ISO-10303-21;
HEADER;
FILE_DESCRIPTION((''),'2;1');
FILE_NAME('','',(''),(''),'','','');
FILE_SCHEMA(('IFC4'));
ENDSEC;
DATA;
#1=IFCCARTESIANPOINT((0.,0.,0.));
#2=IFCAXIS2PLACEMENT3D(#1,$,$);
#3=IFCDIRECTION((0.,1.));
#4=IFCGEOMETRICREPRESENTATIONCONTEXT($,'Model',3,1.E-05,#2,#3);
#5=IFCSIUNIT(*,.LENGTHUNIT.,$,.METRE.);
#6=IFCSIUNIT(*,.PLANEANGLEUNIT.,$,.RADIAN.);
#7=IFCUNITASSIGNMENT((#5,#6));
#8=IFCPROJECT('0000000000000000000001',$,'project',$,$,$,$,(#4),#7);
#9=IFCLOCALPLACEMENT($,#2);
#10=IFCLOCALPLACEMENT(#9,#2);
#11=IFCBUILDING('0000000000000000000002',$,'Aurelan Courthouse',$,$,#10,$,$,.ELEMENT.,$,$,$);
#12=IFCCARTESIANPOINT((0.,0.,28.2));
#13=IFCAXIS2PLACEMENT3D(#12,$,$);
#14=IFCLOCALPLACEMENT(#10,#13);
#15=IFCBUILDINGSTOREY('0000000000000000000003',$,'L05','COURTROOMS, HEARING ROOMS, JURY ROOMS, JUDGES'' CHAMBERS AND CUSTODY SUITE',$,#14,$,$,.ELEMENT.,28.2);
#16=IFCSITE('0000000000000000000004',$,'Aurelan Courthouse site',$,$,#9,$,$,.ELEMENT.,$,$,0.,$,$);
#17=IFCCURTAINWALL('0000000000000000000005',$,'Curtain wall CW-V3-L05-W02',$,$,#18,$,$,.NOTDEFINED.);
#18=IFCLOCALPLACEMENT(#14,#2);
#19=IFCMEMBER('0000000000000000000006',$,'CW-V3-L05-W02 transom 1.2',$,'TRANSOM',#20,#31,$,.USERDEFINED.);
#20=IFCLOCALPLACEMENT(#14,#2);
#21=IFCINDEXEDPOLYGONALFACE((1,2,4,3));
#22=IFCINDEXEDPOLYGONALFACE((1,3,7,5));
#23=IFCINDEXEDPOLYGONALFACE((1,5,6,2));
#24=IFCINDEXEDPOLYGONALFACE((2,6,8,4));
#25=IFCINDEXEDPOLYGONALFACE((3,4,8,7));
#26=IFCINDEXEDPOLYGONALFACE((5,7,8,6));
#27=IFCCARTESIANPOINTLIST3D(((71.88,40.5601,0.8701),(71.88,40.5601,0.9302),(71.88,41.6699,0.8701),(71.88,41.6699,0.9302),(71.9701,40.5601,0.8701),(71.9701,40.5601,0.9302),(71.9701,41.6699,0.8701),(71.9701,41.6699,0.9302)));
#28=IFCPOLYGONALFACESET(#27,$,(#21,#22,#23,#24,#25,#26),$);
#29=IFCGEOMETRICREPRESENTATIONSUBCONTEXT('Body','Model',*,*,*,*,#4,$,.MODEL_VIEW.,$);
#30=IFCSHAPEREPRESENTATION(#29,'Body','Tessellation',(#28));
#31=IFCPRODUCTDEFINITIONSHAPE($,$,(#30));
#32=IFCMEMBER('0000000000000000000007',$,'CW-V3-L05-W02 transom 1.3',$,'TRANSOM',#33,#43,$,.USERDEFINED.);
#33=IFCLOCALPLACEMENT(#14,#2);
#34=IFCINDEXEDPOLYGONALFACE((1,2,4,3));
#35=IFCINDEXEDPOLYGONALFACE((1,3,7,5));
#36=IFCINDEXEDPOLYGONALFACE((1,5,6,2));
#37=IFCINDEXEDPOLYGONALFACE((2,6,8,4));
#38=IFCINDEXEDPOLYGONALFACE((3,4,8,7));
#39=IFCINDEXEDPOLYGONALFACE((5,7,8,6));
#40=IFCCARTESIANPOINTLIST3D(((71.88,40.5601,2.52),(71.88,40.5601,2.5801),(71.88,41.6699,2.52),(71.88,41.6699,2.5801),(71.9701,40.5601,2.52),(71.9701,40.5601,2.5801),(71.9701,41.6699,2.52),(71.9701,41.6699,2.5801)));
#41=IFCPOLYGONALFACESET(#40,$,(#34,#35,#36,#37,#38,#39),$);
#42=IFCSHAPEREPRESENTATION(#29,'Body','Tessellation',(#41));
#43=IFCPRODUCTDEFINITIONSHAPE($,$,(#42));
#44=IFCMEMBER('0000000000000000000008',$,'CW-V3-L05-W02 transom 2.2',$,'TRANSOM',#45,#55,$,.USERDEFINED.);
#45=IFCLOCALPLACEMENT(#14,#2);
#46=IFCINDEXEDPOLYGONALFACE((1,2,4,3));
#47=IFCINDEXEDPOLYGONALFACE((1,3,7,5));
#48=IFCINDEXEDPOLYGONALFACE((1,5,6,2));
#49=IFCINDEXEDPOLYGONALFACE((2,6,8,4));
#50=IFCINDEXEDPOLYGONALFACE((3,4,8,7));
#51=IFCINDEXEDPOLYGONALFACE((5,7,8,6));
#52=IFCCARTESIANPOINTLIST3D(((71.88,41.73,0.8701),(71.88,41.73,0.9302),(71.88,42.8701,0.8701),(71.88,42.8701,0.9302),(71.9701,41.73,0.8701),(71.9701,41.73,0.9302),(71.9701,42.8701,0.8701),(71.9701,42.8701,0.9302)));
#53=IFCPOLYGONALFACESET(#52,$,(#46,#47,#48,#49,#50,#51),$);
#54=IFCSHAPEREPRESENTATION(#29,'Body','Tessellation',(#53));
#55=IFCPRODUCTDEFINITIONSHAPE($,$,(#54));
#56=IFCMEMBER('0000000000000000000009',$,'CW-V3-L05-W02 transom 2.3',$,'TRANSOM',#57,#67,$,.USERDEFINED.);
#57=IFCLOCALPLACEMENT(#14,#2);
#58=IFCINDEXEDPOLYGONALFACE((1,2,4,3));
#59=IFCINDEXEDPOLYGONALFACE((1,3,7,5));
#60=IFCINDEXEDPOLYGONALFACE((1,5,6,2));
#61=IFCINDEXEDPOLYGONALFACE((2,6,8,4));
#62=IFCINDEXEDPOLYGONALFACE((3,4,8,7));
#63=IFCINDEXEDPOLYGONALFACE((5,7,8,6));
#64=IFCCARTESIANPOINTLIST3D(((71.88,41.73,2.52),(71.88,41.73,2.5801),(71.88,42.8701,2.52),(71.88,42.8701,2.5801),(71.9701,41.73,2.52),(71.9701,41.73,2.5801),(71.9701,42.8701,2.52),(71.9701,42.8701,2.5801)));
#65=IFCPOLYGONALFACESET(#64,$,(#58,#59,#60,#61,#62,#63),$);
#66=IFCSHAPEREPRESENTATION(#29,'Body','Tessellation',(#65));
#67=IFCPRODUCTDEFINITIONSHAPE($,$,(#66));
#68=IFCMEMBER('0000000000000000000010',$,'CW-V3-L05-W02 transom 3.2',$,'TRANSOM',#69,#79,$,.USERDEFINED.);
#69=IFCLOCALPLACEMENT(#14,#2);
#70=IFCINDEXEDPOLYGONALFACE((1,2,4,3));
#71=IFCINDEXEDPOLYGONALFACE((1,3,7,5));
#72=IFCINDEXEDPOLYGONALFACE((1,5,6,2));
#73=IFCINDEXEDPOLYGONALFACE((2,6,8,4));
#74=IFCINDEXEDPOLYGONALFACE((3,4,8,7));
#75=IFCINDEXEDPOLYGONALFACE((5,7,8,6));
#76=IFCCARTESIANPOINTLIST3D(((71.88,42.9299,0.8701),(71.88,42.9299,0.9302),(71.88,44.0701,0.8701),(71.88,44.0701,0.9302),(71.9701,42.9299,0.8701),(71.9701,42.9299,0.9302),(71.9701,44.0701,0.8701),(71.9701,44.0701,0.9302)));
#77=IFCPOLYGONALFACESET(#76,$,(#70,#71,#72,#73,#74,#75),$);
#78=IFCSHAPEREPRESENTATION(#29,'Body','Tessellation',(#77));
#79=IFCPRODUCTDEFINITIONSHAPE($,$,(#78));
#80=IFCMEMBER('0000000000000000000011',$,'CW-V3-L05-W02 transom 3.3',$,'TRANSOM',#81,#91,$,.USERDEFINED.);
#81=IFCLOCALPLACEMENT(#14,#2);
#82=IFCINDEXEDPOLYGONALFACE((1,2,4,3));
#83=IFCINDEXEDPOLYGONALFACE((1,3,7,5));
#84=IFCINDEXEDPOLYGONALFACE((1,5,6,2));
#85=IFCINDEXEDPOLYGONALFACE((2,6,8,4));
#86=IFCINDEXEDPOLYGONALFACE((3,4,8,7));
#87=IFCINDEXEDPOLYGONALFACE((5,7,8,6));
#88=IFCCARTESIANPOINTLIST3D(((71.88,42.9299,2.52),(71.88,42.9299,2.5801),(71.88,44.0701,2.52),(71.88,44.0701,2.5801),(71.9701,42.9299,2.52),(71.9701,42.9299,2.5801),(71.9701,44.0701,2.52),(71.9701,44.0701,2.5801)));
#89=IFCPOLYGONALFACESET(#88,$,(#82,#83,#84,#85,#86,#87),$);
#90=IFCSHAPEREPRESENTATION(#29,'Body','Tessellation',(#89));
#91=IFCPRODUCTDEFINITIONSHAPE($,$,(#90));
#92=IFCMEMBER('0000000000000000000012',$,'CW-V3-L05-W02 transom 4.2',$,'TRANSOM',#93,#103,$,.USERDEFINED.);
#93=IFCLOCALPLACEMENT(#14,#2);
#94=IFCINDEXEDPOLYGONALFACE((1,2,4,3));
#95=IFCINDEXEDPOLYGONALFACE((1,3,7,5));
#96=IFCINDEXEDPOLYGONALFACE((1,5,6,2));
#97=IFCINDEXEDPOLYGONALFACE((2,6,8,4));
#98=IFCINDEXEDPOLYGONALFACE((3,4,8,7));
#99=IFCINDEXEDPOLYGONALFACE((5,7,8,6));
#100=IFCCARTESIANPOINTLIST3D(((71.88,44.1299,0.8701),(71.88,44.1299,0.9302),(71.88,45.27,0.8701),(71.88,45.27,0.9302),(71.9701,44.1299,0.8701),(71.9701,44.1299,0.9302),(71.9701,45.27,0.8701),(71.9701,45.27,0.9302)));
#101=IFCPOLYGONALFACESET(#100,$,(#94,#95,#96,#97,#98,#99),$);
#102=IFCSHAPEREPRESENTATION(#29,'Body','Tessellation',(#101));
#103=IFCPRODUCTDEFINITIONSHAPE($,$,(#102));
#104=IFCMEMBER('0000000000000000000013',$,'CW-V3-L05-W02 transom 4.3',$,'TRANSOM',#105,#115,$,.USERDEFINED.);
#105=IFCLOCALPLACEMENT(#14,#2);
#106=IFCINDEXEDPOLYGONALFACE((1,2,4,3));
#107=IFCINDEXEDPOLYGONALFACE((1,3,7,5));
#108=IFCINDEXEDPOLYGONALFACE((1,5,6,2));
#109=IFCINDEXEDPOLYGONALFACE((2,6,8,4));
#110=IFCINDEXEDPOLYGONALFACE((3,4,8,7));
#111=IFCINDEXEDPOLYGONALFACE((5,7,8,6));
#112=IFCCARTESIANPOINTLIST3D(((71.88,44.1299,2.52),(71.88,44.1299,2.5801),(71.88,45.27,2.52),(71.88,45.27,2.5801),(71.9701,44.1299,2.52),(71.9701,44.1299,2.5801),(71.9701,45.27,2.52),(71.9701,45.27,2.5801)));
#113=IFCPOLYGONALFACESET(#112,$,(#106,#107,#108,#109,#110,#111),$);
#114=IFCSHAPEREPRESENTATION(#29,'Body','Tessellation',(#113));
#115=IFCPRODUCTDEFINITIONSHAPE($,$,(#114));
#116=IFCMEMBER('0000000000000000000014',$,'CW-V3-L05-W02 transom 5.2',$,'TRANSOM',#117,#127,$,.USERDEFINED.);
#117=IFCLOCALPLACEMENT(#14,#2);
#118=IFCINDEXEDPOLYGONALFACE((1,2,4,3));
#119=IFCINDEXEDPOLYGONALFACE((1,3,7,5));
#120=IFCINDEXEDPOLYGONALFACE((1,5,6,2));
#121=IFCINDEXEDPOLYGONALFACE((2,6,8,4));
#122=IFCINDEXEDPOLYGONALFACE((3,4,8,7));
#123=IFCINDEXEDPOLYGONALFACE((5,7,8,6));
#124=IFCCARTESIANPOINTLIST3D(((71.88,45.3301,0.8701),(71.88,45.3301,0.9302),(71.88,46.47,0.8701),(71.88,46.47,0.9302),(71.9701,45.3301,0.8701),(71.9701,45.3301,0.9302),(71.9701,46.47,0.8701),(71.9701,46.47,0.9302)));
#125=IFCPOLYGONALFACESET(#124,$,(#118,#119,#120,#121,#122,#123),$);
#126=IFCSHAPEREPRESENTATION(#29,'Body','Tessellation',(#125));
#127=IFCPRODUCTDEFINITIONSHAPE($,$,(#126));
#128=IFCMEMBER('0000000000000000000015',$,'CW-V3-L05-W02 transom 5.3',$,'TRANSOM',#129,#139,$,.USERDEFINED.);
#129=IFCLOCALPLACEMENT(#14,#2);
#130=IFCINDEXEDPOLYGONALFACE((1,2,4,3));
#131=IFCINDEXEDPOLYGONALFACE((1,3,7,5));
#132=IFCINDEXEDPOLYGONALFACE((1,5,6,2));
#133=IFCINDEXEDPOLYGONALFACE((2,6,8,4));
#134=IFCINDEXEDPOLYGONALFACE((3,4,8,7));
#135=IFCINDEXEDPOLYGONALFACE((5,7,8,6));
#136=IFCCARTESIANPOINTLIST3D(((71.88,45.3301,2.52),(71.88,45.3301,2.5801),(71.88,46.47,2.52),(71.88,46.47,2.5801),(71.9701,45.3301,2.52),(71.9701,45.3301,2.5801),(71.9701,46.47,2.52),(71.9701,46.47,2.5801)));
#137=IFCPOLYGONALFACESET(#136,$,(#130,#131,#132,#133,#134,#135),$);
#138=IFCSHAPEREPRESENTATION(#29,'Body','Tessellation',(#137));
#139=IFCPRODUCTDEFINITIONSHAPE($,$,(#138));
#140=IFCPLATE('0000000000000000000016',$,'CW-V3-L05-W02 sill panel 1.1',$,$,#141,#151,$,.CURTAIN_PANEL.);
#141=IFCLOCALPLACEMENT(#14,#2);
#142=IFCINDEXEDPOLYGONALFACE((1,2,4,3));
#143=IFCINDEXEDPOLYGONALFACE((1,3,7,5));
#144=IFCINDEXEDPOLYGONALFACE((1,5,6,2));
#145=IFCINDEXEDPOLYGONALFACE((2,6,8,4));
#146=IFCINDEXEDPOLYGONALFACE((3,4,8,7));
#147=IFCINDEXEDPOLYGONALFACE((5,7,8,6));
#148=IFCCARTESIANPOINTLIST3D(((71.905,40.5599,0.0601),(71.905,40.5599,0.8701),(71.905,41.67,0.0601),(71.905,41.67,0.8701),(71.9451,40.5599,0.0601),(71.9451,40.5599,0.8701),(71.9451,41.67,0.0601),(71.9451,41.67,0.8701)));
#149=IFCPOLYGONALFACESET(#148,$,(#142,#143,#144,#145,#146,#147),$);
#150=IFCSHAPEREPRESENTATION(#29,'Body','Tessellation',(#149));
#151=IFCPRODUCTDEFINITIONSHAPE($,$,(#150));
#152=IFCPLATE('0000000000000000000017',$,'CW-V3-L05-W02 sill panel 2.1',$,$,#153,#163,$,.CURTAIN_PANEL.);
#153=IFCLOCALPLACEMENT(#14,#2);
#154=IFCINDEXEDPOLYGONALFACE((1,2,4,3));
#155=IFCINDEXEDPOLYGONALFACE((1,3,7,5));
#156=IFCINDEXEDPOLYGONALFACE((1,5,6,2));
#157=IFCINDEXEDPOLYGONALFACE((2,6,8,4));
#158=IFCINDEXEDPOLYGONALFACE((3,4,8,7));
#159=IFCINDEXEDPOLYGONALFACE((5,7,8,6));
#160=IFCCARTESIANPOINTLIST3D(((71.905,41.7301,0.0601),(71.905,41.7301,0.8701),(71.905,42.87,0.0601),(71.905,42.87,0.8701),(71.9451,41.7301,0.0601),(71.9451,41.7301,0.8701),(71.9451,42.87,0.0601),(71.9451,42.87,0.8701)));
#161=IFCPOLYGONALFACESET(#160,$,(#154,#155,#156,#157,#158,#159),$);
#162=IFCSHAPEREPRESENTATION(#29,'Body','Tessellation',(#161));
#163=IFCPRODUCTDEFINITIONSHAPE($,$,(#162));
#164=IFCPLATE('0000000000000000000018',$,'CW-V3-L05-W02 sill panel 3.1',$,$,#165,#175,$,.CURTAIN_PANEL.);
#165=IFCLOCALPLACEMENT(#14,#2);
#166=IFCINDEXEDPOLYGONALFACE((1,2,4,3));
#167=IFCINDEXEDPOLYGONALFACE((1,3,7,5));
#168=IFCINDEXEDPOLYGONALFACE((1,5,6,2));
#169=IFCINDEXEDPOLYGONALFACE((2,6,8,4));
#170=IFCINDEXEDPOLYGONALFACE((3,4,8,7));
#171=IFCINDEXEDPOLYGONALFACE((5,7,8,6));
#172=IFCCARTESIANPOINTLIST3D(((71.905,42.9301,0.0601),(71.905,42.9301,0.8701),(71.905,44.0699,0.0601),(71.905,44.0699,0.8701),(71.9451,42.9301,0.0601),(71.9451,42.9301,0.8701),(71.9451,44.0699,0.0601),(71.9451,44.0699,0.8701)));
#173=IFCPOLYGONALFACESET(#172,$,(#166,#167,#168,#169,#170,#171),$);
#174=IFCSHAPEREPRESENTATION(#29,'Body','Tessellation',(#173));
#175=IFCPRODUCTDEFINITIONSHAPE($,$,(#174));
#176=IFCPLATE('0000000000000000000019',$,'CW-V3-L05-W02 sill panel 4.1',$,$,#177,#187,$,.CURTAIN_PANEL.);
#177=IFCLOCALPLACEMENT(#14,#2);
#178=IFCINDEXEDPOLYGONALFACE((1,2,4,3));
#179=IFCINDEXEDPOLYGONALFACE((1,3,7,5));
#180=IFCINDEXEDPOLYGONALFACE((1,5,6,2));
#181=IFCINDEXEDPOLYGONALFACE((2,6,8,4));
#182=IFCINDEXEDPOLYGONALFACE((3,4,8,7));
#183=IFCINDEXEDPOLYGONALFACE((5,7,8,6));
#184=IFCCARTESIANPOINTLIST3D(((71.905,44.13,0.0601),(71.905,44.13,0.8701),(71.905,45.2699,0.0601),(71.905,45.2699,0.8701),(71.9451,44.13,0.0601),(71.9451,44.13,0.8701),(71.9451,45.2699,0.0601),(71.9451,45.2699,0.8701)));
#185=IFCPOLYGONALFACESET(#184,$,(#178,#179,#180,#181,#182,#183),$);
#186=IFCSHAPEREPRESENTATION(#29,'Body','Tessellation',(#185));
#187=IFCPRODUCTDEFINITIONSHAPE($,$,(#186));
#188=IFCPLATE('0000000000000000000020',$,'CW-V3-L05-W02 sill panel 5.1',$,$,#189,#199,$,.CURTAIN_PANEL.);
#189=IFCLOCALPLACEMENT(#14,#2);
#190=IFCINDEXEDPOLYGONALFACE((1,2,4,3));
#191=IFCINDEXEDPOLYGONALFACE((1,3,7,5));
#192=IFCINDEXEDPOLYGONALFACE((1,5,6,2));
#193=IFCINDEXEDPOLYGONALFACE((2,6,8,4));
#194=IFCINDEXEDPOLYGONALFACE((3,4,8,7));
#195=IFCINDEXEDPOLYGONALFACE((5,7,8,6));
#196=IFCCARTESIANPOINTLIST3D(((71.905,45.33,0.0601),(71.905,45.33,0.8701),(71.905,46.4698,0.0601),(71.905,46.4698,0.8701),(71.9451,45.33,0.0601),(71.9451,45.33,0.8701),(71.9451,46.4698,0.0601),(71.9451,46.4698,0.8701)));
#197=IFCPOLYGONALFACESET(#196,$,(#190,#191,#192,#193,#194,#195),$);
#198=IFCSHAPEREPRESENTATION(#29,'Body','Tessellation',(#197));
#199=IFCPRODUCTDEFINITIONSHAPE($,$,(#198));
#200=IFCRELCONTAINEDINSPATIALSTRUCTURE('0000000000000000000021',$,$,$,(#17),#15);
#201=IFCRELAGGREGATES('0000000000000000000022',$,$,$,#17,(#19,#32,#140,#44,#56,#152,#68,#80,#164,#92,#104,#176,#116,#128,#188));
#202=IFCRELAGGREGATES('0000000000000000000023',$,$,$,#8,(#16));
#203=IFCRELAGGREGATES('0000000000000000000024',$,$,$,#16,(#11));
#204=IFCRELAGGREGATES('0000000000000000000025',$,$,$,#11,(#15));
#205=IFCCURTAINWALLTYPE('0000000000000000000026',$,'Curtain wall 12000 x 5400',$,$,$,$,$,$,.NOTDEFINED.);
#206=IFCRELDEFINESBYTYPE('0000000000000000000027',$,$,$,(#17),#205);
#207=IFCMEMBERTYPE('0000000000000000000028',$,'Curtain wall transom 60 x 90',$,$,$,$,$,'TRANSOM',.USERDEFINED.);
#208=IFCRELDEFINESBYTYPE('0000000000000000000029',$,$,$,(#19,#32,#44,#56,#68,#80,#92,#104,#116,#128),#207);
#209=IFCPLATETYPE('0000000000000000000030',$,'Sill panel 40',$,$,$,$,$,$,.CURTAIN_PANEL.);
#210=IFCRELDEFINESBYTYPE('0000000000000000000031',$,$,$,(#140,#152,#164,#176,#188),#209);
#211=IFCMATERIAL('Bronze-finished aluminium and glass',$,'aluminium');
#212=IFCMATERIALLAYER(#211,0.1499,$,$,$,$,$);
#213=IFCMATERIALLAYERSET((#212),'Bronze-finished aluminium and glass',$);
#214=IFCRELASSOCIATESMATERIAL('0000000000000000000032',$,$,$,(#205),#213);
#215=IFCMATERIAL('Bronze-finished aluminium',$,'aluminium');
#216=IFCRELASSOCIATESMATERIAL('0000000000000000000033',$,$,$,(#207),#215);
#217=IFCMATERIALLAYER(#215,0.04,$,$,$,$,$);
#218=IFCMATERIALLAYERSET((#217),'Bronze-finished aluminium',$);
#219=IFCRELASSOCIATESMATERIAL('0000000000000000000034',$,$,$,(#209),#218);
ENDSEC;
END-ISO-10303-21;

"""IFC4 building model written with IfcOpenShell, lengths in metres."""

from ifc_helpers import new_model, si_unit, direction, frame, origin, origin_2d, place, context, subcontext, project, spatial, rectangle, extrude, material, layer, layer_set, material_profile, profile_set, type_object, element, aggregate, save


model = new_model("IFC4")

# Units and contexts
model_context = context("Model", 3, precision=1e-05, world=origin(), true_north=direction((0.0, 1.0)))
body_context = subcontext(model_context, "Body", "Model", "MODEL_VIEW")
ifc_project = project(units=[si_unit("LENGTHUNIT", "METRE"), si_unit("PLANEANGLEUNIT", "RADIAN")], contexts=[model_context])

# Site, building, storey
site_placement = place(None, origin())
site = spatial("IfcSite", under=ifc_project, at=site_placement, Name="Aurelan Courthouse site", CompositionType="ELEMENT", RefElevation=0.0)
building_placement = place(site_placement, origin())
building = spatial("IfcBuilding", under=site, at=building_placement, Name="Aurelan Courthouse", CompositionType="ELEMENT")
storey_placement = place(building_placement, frame((0.0, 0.0, 28.2)))
storey = spatial("IfcBuildingStorey", under=building, at=storey_placement, Name="L05", Description="COURTROOMS, HEARING ROOMS, JURY ROOMS, JUDGES' CHAMBERS AND CUSTODY SUITE", CompositionType="ELEMENT", Elevation=28.2)

# Curtain wall, members, plates
ifc_material_1 = material(Name="Bronze-finished aluminium and glass", Category="aluminium")
ifc_layer_1 = layer(ifc_material_1, 0.1499)
ifc_layer_set_1 = layer_set([ifc_layer_1], Name="Bronze-finished aluminium and glass")
curtain_wall_type_1 = type_object("IfcCurtainWallType", Name="Curtain wall 12000 x 5400", PredefinedType="NOTDEFINED", material=ifc_layer_set_1)
curtain_wall_1_placement = place(storey_placement, origin())
curtain_wall_1 = element("IfcCurtainWall", 1, at=curtain_wall_1_placement, inside=storey, type_object=curtain_wall_type_1, Name="Curtain wall CW-V3-L05-W02", PredefinedType="NOTDEFINED")
ifc_material_2 = material(Name="Bronze-finished aluminium", Category="aluminium")
ifc_material_profile = material_profile(ifc_material_2, rectangle(XDim=0.0901, YDim=0.0601, at=origin_2d()), Name="Bronze transom 60 x 90")
ifc_profile_set = profile_set([ifc_material_profile], Name="Bronze-finished aluminium")
member_type = type_object("IfcMemberType", Name="Curtain wall transom 60 x 90", ElementType="TRANSOM", PredefinedType="USERDEFINED", material=ifc_profile_set)
member_1_placement = place(storey_placement, frame((71.925, 40.5601, 0.9001), z_axis=(0.0, 1.0, 0.0), x_axis=(-1.0, 0.0, 0.0)))
member_1 = element("IfcMember", 2, at=member_1_placement, type_object=member_type, Name="CW-V3-L05-W02 transom 1.2", ObjectType="TRANSOM", PredefinedType="USERDEFINED", context=body_context, shape_type="SweptSolid", body=[
    extrude(rectangle(XDim=0.0901, YDim=0.0601, at=origin_2d()), origin(), (0.0, 0.0, 1.0), 1.1099),
])
member_2_placement = place(storey_placement, frame((71.925, 40.5601, 2.55), z_axis=(0.0, 1.0, 0.0), x_axis=(-1.0, 0.0, 0.0)))
member_2 = element("IfcMember", 3, at=member_2_placement, type_object=member_type, Name="CW-V3-L05-W02 transom 1.3", ObjectType="TRANSOM", PredefinedType="USERDEFINED", context=body_context, shape_type="SweptSolid", body=[
    extrude(rectangle(XDim=0.0901, YDim=0.0601, at=origin_2d()), origin(), (0.0, 0.0, 1.0), 1.1099),
])
member_3_placement = place(storey_placement, frame((71.925, 41.73, 0.9001), z_axis=(0.0, 1.0, 0.0), x_axis=(-1.0, 0.0, 0.0)))
member_3 = element("IfcMember", 4, at=member_3_placement, type_object=member_type, Name="CW-V3-L05-W02 transom 2.2", ObjectType="TRANSOM", PredefinedType="USERDEFINED", context=body_context, shape_type="SweptSolid", body=[
    extrude(rectangle(XDim=0.0901, YDim=0.0601, at=origin_2d()), origin(), (0.0, 0.0, 1.0), 1.1401),
])
member_4_placement = place(storey_placement, frame((71.925, 41.73, 2.55), z_axis=(0.0, 1.0, 0.0), x_axis=(-1.0, 0.0, 0.0)))
member_4 = element("IfcMember", 5, at=member_4_placement, type_object=member_type, Name="CW-V3-L05-W02 transom 2.3", ObjectType="TRANSOM", PredefinedType="USERDEFINED", context=body_context, shape_type="SweptSolid", body=[
    extrude(rectangle(XDim=0.0901, YDim=0.0601, at=origin_2d()), origin(), (0.0, 0.0, 1.0), 1.1401),
])
member_5_placement = place(storey_placement, frame((71.925, 42.9299, 0.9001), z_axis=(0.0, 1.0, 0.0), x_axis=(-1.0, 0.0, 0.0)))
member_5 = element("IfcMember", 6, at=member_5_placement, type_object=member_type, Name="CW-V3-L05-W02 transom 3.2", ObjectType="TRANSOM", PredefinedType="USERDEFINED", context=body_context, shape_type="SweptSolid", body=[
    extrude(rectangle(XDim=0.0901, YDim=0.0601, at=origin_2d()), origin(), (0.0, 0.0, 1.0), 1.1401),
])
member_6_placement = place(storey_placement, frame((71.925, 42.9299, 2.55), z_axis=(0.0, 1.0, 0.0), x_axis=(-1.0, 0.0, 0.0)))
member_6 = element("IfcMember", 7, at=member_6_placement, type_object=member_type, Name="CW-V3-L05-W02 transom 3.3", ObjectType="TRANSOM", PredefinedType="USERDEFINED", context=body_context, shape_type="SweptSolid", body=[
    extrude(rectangle(XDim=0.0901, YDim=0.0601, at=origin_2d()), origin(), (0.0, 0.0, 1.0), 1.1401),
])
member_7_placement = place(storey_placement, frame((71.925, 44.1299, 0.9001), z_axis=(0.0, 1.0, 0.0), x_axis=(-1.0, 0.0, 0.0)))
member_7 = element("IfcMember", 8, at=member_7_placement, type_object=member_type, Name="CW-V3-L05-W02 transom 4.2", ObjectType="TRANSOM", PredefinedType="USERDEFINED", context=body_context, shape_type="SweptSolid", body=[
    extrude(rectangle(XDim=0.0901, YDim=0.0601, at=origin_2d()), origin(), (0.0, 0.0, 1.0), 1.1401),
])
member_8_placement = place(storey_placement, frame((71.925, 44.1299, 2.55), z_axis=(0.0, 1.0, 0.0), x_axis=(-1.0, 0.0, 0.0)))
member_8 = element("IfcMember", 9, at=member_8_placement, type_object=member_type, Name="CW-V3-L05-W02 transom 4.3", ObjectType="TRANSOM", PredefinedType="USERDEFINED", context=body_context, shape_type="SweptSolid", body=[
    extrude(rectangle(XDim=0.0901, YDim=0.0601, at=origin_2d()), origin(), (0.0, 0.0, 1.0), 1.1401),
])
member_9_placement = place(storey_placement, frame((71.925, 45.3301, 0.9001), z_axis=(0.0, 1.0, 0.0), x_axis=(-1.0, 0.0, 0.0)))
member_9 = element("IfcMember", 10, at=member_9_placement, type_object=member_type, Name="CW-V3-L05-W02 transom 5.2", ObjectType="TRANSOM", PredefinedType="USERDEFINED", context=body_context, shape_type="SweptSolid", body=[
    extrude(rectangle(XDim=0.0901, YDim=0.0601, at=origin_2d()), origin(), (0.0, 0.0, 1.0), 1.1399),
])
member_10_placement = place(storey_placement, frame((71.925, 45.3301, 2.55), z_axis=(0.0, 1.0, 0.0), x_axis=(-1.0, 0.0, 0.0)))
member_10 = element("IfcMember", 11, at=member_10_placement, type_object=member_type, Name="CW-V3-L05-W02 transom 5.3", ObjectType="TRANSOM", PredefinedType="USERDEFINED", context=body_context, shape_type="SweptSolid", body=[
    extrude(rectangle(XDim=0.0901, YDim=0.0601, at=origin_2d()), origin(), (0.0, 0.0, 1.0), 1.1399),
])
ifc_layer_2 = layer(ifc_material_2, 0.04)
ifc_layer_set_2 = layer_set([ifc_layer_2], Name="Bronze-finished aluminium")
plate_type_1 = type_object("IfcPlateType", Name="Sill panel 40", PredefinedType="CURTAIN_PANEL", material=ifc_layer_set_2)
plate_1_placement = place(storey_placement, frame((71.925, 41.115, 0.0601), z_axis=(0.0, 0.0, 1.0), x_axis=(0.0, 1.0, 0.0)))
plate_1 = element("IfcPlate", 12, at=plate_1_placement, type_object=plate_type_1, Name="CW-V3-L05-W02 sill panel 1.1", PredefinedType="CURTAIN_PANEL", context=body_context, shape_type="SweptSolid", body=[
    extrude(rectangle(XDim=1.1101, YDim=0.04, at=origin_2d()), origin(), (0.0, 0.0, 1.0), 0.8101),
])
plate_2_placement = place(storey_placement, frame((71.925, 42.3, 0.0601), z_axis=(0.0, 0.0, 1.0), x_axis=(0.0, 1.0, 0.0)))
plate_2 = element("IfcPlate", 13, at=plate_2_placement, type_object=plate_type_1, Name="CW-V3-L05-W02 sill panel 2.1", PredefinedType="CURTAIN_PANEL", context=body_context, shape_type="SweptSolid", body=[
    extrude(rectangle(XDim=1.1399, YDim=0.04, at=origin_2d()), origin(), (0.0, 0.0, 1.0), 0.8101),
])
plate_3_placement = place(storey_placement, frame((71.925, 43.5, 0.0601), z_axis=(0.0, 0.0, 1.0), x_axis=(0.0, 1.0, 0.0)))
plate_3 = element("IfcPlate", 14, at=plate_3_placement, type_object=plate_type_1, Name="CW-V3-L05-W02 sill panel 3.1", PredefinedType="CURTAIN_PANEL", context=body_context, shape_type="SweptSolid", body=[
    extrude(rectangle(XDim=1.1399, YDim=0.04, at=origin_2d()), origin(), (0.0, 0.0, 1.0), 0.8101),
])
plate_4_placement = place(storey_placement, frame((71.925, 44.7, 0.0601), z_axis=(0.0, 0.0, 1.0), x_axis=(0.0, 1.0, 0.0)))
plate_4 = element("IfcPlate", 15, at=plate_4_placement, type_object=plate_type_1, Name="CW-V3-L05-W02 sill panel 4.1", PredefinedType="CURTAIN_PANEL", context=body_context, shape_type="SweptSolid", body=[
    extrude(rectangle(XDim=1.1399, YDim=0.04, at=origin_2d()), origin(), (0.0, 0.0, 1.0), 0.8101),
])
plate_5_placement = place(storey_placement, frame((71.925, 45.8999, 0.0601), z_axis=(0.0, 0.0, 1.0), x_axis=(0.0, 1.0, 0.0)))
plate_5 = element("IfcPlate", 16, at=plate_5_placement, type_object=plate_type_1, Name="CW-V3-L05-W02 sill panel 5.1", PredefinedType="CURTAIN_PANEL", context=body_context, shape_type="SweptSolid", body=[
    extrude(rectangle(XDim=1.1399, YDim=0.04, at=origin_2d()), origin(), (0.0, 0.0, 1.0), 0.8101),
])

aggregate(curtain_wall_1, [member_1, member_2, plate_1, member_3, member_4, plate_2, member_5, member_6, plate_3, member_7, member_8, plate_4, member_9, member_10, plate_5])

save(model, "model.ifc")
